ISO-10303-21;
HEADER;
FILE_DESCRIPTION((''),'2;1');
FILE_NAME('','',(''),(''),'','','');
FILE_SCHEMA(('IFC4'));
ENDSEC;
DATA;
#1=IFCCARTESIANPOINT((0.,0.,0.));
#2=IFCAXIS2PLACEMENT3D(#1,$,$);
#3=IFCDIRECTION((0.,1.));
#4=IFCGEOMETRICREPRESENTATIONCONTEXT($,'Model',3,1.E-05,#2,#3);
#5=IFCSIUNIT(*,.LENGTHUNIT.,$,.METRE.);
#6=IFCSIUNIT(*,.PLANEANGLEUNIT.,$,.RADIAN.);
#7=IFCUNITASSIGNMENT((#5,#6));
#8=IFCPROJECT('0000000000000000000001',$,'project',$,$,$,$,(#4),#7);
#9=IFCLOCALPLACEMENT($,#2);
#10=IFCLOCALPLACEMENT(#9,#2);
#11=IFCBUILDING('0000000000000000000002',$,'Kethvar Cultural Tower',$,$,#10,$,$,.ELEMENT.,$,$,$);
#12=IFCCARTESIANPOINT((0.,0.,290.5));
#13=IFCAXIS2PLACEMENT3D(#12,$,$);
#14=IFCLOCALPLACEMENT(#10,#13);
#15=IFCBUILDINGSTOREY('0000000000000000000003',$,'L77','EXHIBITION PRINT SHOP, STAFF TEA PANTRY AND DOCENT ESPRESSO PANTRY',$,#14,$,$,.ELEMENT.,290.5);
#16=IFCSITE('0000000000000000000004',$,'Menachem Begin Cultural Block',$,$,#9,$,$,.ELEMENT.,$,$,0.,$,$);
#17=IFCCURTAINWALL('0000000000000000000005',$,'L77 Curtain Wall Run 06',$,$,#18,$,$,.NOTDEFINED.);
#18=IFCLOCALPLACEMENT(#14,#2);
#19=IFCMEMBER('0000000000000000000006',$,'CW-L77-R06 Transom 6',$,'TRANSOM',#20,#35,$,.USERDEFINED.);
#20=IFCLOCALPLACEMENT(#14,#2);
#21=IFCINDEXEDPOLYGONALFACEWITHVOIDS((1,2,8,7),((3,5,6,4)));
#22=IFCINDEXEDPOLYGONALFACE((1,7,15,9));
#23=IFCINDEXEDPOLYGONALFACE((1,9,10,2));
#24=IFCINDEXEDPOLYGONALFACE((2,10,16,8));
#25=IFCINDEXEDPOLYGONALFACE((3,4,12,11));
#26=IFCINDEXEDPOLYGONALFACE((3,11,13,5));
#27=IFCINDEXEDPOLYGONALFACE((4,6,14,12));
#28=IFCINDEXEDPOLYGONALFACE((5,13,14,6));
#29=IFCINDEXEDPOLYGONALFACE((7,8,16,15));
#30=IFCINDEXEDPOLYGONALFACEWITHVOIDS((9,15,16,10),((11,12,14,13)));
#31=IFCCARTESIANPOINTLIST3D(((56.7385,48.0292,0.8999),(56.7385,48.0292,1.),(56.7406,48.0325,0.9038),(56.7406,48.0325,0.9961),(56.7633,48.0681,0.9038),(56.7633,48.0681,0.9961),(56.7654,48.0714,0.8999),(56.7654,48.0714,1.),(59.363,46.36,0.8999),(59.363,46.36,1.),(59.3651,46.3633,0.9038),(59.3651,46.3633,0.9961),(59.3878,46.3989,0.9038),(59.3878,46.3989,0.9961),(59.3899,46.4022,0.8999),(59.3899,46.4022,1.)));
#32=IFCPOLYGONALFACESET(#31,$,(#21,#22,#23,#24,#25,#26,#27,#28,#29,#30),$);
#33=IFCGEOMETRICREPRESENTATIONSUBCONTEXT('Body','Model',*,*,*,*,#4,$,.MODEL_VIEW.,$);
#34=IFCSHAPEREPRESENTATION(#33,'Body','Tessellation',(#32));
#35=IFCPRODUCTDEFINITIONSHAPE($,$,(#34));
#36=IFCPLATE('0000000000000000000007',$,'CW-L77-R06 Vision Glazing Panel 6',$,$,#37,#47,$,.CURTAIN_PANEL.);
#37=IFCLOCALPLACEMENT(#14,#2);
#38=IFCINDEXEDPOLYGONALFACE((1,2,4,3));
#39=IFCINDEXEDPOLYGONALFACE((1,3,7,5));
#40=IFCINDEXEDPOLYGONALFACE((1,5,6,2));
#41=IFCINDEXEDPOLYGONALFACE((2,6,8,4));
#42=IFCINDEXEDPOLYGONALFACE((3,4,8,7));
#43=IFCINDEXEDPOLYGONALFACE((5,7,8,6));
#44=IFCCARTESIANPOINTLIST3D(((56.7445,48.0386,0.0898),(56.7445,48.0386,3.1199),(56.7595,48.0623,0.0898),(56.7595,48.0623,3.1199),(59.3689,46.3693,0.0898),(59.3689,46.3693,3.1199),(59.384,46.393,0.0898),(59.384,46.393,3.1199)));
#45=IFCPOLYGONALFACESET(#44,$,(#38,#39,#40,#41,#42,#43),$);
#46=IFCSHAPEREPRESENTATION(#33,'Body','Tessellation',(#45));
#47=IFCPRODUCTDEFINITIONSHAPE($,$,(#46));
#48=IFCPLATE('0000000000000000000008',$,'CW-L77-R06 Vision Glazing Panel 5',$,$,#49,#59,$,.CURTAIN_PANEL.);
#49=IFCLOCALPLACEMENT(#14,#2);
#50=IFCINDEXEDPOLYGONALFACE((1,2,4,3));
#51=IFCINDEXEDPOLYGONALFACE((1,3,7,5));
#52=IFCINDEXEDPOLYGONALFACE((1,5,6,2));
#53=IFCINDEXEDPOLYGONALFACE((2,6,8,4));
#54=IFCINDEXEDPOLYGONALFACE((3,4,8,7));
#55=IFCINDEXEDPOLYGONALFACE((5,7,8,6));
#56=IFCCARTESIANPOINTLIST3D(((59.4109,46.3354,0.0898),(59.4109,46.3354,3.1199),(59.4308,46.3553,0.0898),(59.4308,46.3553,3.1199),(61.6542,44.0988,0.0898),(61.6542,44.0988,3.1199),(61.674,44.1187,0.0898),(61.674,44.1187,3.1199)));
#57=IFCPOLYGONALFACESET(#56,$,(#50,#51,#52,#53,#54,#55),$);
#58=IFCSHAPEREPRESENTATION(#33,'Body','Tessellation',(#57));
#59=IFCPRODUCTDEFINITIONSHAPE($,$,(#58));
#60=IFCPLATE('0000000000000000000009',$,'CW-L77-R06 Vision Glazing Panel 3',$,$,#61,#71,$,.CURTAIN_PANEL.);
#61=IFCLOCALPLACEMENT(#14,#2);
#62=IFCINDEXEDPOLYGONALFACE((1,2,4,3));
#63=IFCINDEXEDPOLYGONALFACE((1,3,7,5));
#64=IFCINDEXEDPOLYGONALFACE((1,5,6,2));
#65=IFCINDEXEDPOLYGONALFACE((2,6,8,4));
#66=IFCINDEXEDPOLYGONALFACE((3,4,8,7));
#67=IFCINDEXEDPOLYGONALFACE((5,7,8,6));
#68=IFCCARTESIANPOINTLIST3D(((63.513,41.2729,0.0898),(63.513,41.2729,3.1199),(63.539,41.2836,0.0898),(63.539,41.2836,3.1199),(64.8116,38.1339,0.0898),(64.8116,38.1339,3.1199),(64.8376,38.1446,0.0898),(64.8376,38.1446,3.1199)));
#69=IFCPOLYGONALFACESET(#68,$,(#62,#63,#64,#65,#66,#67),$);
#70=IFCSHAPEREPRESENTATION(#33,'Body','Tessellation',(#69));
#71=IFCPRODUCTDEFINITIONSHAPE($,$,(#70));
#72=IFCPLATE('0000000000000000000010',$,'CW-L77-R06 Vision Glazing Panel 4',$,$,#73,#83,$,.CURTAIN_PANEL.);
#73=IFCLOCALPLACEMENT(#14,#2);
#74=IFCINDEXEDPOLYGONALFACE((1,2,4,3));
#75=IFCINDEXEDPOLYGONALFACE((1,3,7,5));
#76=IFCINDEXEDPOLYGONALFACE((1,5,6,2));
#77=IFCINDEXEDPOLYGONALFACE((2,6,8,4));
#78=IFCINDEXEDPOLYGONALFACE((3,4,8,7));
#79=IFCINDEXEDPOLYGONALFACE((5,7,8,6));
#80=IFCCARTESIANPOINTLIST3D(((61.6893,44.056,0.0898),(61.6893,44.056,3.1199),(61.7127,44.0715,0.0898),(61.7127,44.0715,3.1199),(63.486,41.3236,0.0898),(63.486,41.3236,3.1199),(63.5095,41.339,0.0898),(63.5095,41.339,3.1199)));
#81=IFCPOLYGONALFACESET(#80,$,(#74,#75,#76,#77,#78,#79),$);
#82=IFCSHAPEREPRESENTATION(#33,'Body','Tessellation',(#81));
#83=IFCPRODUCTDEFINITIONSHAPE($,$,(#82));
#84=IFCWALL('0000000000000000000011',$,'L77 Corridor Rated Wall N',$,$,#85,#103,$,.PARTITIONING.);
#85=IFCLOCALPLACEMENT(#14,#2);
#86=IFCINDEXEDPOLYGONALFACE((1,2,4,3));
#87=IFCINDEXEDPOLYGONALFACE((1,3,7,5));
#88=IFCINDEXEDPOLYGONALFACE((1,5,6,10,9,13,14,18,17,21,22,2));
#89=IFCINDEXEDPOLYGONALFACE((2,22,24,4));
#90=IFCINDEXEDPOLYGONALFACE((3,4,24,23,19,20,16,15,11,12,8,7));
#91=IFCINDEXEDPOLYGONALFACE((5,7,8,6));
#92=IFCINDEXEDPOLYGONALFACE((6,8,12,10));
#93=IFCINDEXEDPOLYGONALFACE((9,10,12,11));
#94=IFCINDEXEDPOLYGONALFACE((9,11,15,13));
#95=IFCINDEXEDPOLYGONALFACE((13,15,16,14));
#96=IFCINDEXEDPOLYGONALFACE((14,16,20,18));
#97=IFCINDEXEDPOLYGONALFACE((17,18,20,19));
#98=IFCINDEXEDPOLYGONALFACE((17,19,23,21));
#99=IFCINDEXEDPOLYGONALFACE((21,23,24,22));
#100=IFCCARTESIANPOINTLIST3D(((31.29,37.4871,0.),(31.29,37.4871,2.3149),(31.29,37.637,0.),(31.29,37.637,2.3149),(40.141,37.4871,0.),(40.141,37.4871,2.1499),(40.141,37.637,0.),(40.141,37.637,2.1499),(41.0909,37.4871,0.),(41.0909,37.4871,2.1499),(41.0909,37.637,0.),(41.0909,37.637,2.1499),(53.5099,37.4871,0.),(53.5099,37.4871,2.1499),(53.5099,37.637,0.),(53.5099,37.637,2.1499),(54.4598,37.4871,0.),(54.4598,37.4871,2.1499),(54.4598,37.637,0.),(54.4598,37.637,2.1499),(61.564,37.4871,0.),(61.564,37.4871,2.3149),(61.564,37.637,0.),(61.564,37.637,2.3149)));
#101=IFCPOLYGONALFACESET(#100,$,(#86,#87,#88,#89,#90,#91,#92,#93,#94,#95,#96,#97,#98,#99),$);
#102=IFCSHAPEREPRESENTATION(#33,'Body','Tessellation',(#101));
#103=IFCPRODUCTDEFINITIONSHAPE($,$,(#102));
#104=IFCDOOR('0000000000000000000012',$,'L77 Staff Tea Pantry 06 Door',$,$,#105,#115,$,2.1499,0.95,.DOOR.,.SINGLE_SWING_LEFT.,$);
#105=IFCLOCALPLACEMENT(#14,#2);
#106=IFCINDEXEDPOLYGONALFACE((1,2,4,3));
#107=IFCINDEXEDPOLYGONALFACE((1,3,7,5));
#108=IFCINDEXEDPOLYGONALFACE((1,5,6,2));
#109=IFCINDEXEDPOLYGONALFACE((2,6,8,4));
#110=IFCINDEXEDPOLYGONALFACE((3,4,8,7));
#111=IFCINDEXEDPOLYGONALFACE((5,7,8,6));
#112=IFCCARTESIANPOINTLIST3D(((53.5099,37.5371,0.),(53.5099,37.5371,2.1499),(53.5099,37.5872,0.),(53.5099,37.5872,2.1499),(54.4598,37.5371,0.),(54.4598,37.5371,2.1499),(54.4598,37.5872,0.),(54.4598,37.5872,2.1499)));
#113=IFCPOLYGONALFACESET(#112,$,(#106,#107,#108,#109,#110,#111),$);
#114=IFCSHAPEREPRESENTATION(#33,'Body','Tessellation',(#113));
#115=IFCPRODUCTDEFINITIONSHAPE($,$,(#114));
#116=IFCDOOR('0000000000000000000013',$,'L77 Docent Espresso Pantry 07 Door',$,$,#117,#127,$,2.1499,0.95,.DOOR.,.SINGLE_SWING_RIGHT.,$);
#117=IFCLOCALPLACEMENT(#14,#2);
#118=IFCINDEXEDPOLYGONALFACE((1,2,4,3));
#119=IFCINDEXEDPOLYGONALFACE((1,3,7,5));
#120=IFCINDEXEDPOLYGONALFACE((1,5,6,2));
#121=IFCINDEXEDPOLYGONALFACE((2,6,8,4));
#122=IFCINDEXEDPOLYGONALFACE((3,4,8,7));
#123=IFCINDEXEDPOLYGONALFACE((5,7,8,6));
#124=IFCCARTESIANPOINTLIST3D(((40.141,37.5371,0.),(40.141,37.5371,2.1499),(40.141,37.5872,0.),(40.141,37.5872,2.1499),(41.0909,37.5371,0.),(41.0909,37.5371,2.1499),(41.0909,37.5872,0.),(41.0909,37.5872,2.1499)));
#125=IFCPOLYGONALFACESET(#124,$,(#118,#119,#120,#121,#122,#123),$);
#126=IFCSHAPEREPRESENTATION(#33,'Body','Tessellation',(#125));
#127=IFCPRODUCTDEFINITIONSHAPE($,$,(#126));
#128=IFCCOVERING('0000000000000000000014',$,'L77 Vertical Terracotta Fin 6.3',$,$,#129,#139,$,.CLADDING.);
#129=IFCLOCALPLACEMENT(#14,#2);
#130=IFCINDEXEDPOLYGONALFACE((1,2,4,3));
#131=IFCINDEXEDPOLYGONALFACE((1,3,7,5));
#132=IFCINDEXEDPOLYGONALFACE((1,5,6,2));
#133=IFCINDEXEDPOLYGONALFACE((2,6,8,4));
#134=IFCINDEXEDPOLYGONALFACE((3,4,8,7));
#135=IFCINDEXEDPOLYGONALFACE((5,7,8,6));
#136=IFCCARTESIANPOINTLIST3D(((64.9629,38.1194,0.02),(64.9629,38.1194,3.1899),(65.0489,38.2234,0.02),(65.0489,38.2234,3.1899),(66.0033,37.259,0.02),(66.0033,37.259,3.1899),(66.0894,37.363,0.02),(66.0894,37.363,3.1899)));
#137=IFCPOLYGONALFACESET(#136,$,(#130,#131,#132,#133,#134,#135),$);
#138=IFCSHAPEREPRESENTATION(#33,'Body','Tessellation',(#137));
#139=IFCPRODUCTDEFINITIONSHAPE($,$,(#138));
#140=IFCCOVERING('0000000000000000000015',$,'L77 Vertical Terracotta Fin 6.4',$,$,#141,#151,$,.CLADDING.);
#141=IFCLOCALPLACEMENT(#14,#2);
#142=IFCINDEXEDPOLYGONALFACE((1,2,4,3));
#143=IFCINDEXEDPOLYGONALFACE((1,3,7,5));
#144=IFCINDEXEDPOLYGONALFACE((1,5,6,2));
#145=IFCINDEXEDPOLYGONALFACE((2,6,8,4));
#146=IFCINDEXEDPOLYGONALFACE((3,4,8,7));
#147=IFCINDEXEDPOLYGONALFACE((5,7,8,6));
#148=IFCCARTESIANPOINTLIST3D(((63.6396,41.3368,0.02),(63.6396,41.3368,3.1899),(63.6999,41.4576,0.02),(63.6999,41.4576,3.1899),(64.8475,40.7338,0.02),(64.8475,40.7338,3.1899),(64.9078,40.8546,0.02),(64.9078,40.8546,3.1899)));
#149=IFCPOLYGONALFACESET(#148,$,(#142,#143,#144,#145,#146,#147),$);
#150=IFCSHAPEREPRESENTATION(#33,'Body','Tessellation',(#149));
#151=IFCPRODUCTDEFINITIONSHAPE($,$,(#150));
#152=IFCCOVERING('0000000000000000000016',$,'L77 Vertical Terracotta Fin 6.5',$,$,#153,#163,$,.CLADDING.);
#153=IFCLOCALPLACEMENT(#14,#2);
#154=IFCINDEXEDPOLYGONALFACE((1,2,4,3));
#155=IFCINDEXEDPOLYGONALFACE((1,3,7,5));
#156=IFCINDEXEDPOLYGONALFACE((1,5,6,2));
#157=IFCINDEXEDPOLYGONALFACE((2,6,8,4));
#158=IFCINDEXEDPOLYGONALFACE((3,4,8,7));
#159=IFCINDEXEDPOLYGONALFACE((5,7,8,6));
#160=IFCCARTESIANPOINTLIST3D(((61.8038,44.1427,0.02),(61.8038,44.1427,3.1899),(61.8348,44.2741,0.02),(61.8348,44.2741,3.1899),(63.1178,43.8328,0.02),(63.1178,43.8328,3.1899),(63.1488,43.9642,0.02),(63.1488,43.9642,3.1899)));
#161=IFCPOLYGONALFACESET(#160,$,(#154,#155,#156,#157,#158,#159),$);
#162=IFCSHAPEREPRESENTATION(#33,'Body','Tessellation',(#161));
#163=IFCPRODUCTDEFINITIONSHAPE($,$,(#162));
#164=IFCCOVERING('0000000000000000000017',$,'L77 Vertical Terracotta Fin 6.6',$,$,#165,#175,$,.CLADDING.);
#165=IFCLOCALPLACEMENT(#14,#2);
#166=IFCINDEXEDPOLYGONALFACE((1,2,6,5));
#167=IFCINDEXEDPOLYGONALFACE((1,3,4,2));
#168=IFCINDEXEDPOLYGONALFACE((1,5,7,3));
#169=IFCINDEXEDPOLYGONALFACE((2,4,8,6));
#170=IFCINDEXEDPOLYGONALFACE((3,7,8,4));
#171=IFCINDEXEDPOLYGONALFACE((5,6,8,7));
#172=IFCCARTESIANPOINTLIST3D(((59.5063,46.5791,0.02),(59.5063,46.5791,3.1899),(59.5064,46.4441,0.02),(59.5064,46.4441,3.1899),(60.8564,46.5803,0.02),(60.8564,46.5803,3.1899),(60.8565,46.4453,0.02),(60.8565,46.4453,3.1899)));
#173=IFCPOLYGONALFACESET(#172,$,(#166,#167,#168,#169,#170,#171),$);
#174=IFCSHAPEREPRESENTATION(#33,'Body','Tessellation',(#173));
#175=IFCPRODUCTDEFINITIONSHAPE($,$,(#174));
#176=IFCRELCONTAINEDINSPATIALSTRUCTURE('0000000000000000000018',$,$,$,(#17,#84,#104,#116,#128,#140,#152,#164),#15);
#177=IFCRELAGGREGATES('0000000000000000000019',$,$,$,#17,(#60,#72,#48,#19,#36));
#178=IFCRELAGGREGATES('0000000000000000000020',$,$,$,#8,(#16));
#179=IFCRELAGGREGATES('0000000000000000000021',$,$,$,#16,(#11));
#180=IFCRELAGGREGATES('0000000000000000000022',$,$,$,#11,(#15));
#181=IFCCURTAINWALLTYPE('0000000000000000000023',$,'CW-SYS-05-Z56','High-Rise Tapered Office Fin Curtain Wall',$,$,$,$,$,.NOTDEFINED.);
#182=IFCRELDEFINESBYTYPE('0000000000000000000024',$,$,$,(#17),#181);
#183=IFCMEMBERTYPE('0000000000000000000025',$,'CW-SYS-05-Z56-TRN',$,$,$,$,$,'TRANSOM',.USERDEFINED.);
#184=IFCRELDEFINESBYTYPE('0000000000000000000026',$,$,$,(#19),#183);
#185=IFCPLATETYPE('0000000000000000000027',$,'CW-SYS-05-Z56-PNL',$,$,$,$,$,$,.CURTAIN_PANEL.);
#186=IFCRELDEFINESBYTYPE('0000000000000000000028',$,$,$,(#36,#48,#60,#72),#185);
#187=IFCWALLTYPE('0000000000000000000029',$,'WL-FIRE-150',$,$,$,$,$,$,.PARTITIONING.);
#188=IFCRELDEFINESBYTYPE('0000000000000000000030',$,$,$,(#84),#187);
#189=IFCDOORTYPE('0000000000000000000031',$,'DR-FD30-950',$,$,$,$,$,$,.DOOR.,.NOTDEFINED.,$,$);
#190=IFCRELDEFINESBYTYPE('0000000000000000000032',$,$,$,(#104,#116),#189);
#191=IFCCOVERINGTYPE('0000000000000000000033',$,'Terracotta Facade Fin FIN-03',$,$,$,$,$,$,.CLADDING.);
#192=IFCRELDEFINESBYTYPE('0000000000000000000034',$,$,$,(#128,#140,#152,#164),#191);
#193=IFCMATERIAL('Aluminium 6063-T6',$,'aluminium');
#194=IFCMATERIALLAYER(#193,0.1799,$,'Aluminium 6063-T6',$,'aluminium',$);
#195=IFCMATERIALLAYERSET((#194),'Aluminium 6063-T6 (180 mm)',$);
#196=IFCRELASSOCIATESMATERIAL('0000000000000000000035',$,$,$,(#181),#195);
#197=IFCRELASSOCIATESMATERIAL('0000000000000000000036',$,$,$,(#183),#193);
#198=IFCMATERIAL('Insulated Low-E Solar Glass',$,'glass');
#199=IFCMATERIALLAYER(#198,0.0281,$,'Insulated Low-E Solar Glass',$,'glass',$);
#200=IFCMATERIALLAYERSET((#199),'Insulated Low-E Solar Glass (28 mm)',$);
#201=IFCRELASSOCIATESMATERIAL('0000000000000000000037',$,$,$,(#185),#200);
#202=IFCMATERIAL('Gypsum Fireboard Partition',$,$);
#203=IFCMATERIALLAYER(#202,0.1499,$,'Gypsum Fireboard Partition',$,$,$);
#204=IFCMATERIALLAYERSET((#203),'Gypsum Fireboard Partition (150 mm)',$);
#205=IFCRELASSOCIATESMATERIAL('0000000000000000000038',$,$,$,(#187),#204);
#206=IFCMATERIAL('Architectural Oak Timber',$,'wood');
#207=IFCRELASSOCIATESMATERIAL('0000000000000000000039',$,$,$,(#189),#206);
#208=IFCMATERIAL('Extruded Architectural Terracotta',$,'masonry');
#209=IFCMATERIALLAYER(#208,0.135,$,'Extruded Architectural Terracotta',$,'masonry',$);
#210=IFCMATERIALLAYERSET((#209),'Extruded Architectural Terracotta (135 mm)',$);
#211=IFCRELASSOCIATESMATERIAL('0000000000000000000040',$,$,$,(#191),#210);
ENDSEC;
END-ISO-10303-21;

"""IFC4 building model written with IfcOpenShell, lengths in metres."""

from ifc_helpers import new_model, si_unit, direction, frame, frame_2d, origin, origin_2d, place, context, subcontext, project, spatial, rectangle, hollow_rectangle, extrude, source, transform, mapped, material, layer, layer_set, material_profile, profile_set, type_object, element, fill, aggregate, save


model = new_model("IFC4")

# Units and contexts
model_context = context("Model", 3, precision=1e-05, world=origin(), true_north=direction((0.0, 1.0)))
body_context = subcontext(model_context, "Body", "Model", "MODEL_VIEW")
ifc_project = project(units=[si_unit("LENGTHUNIT", "METRE"), si_unit("PLANEANGLEUNIT", "RADIAN")], contexts=[model_context])

# Site, building, storey
site_placement = place(None, origin())
site = spatial("IfcSite", under=ifc_project, at=site_placement, Name="Menachem Begin Cultural Block", CompositionType="ELEMENT", RefElevation=0.0)
building_placement = place(site_placement, origin())
building = spatial("IfcBuilding", under=site, at=building_placement, Name="Kethvar Cultural Tower", CompositionType="ELEMENT")
storey_placement = place(building_placement, frame((0.0, 0.0, 290.5)))
storey = spatial("IfcBuildingStorey", under=building, at=storey_placement, Name="L77", Description="EXHIBITION PRINT SHOP, STAFF TEA PANTRY AND DOCENT ESPRESSO PANTRY", CompositionType="ELEMENT", Elevation=290.5)

# Curtain wall, member, plates
ifc_material_1 = material(Name="Aluminium 6063-T6", Category="aluminium")
ifc_layer_1 = layer(ifc_material_1, 0.1799, Name="Aluminium 6063-T6", Category="aluminium")
ifc_layer_set_1 = layer_set([ifc_layer_1], Name="Aluminium 6063-T6 (180 mm)")
curtain_wall_type = type_object("IfcCurtainWallType", Name="CW-SYS-05-Z56", Description="High-Rise Tapered Office Fin Curtain Wall", PredefinedType="NOTDEFINED", material=ifc_layer_set_1)
curtain_wall_placement = place(storey_placement, origin())
curtain_wall = element("IfcCurtainWall", 1, at=curtain_wall_placement, inside=storey, type_object=curtain_wall_type, Name="L77 Curtain Wall Run 06", PredefinedType="NOTDEFINED")
ifc_material_profile_1 = material_profile(ifc_material_1, hollow_rectangle(XDim=0.05, YDim=0.1001, WallThickness=0.0039, at=origin_2d()), Name="Aluminium 6063-T6 — RHS100x50x4")
ifc_profile_set_1 = profile_set([ifc_material_profile_1], Name="Aluminium 6063-T6 — RHS100x50x4")
member_type_1 = type_object("IfcMemberType", Name="CW-SYS-05-Z56-TRN", ElementType="TRANSOM", PredefinedType="USERDEFINED", material=ifc_profile_set_1)
shared_shape_1 = source(origin(), body_context, "Body", "SweptSolid", [
    extrude(hollow_rectangle(XDim=0.05, YDim=0.1001, WallThickness=0.0039, at=origin_2d()), origin(), (0.0, 0.0, 1.0), 3.1104),
])
member_1_placement = place(storey_placement, frame((59.3765, 46.3811, 0.95), z_axis=(-0.8438, 0.536657, 0.0), x_axis=(-0.536657, -0.8438, 0.0)))
member_1 = element("IfcMember", 2, at=member_1_placement, type_object=member_type_1, Name="CW-L77-R06 Transom 6", ObjectType="TRANSOM", PredefinedType="USERDEFINED", context=body_context, shape_type="MappedRepresentation", body=[
    mapped(shared_shape_1, transform((0.0, 0.0, 0.0), scale=1.0)),
])
ifc_material_2 = material(Name="Insulated Low-E Solar Glass", Category="glass")
ifc_layer_2 = layer(ifc_material_2, 0.0281, Name="Insulated Low-E Solar Glass", Category="glass")
ifc_layer_set_2 = layer_set([ifc_layer_2], Name="Insulated Low-E Solar Glass (28 mm)")
plate_type = type_object("IfcPlateType", Name="CW-SYS-05-Z56-PNL", PredefinedType="CURTAIN_PANEL", material=ifc_layer_set_2)
shared_shape_2 = source(origin(), body_context, "Body", "SweptSolid", [
    extrude(rectangle(XDim=3.1104, YDim=0.0281, at=origin_2d()), origin(), (0.0, 0.0, 1.0), 3.03),
])
plate_1_placement = place(storey_placement, frame((58.0642, 47.2158, 0.0898), z_axis=(0.0, 0.0, 1.0), x_axis=(-0.843776, 0.536696, 0.0)))
plate_1 = element("IfcPlate", 3, at=plate_1_placement, type_object=plate_type, Name="CW-L77-R06 Vision Glazing Panel 6", PredefinedType="CURTAIN_PANEL", context=body_context, shape_type="MappedRepresentation", body=[
    mapped(shared_shape_2, transform((0.0, 0.0, 0.0), scale=1.0)),
])
shared_shape_3 = source(origin(), body_context, "Body", "SweptSolid", [
    extrude(rectangle(XDim=3.1677, YDim=0.0281, at=origin_2d()), origin(), (0.0, 0.0, 1.0), 3.03),
])
plate_2_placement = place(storey_placement, frame((60.5425, 45.2271, 0.0898), z_axis=(0.0, 0.0, 1.0), x_axis=(-0.708167, 0.706045, 0.0)))
plate_2 = element("IfcPlate", 4, at=plate_2_placement, type_object=plate_type, Name="CW-L77-R06 Vision Glazing Panel 5", PredefinedType="CURTAIN_PANEL", context=body_context, shape_type="MappedRepresentation", body=[
    mapped(shared_shape_3, transform((0.0, 0.0, 0.0), scale=1.0)),
])
shared_shape_4 = source(origin(), body_context, "Body", "SweptSolid", [
    extrude(rectangle(XDim=3.397, YDim=0.0281, at=origin_2d()), origin(), (0.0, 0.0, 1.0), 3.03),
])
plate_3_placement = place(storey_placement, frame((64.1753, 39.7087, 0.0898), z_axis=(0.0, 0.0, 1.0), x_axis=(-0.38228, 0.924046, 0.0)))
plate_3 = element("IfcPlate", 5, at=plate_3_placement, type_object=plate_type, Name="CW-L77-R06 Vision Glazing Panel 3", PredefinedType="CURTAIN_PANEL", context=body_context, shape_type="MappedRepresentation", body=[
    mapped(shared_shape_4, transform((0.0, 0.0, 0.0), scale=1.0)),
])
shared_shape_5 = source(origin(), body_context, "Body", "SweptSolid", [
    extrude(rectangle(XDim=3.2703, YDim=0.0281, at=origin_2d()), origin(), (0.0, 0.0, 1.0), 3.03),
])
plate_4_placement = place(storey_placement, frame((62.5994, 42.6975, 0.0898), z_axis=(0.0, 0.0, 1.0), x_axis=(-0.549417, 0.835549, 0.0)))
plate_4 = element("IfcPlate", 6, at=plate_4_placement, type_object=plate_type, Name="CW-L77-R06 Vision Glazing Panel 4", PredefinedType="CURTAIN_PANEL", context=body_context, shape_type="MappedRepresentation", body=[
    mapped(shared_shape_5, transform((0.0, 0.0, 0.0), scale=1.0)),
])
aggregate(curtain_wall, [plate_3, plate_4, plate_2, member_1, plate_1])

# Wall, openings, doors
ifc_material_3 = material(Name="Gypsum Fireboard Partition")
ifc_layer_3 = layer(ifc_material_3, 0.1499, Name="Gypsum Fireboard Partition")
ifc_layer_set_3 = layer_set([ifc_layer_3], Name="Gypsum Fireboard Partition (150 mm)")
wall_type = type_object("IfcWallType", Name="WL-FIRE-150", PredefinedType="PARTITIONING", material=ifc_layer_set_3)
wall_placement = place(storey_placement, frame((61.564, 37.562, 0.0), z_axis=(0.0, 0.0, 1.0), x_axis=(-1.0, 0.0, 0.0)))
wall = element("IfcWall", 7, at=wall_placement, inside=storey, type_object=wall_type, Name="L77 Corridor Rated Wall N", PredefinedType="PARTITIONING", context=body_context, shape_type="SweptSolid", body=[
    extrude(rectangle(XDim=30.2739, YDim=0.1499, at=frame_2d((15.137, 0.0))), origin(), (0.0, 0.0, 1.0), 2.3149),
])
opening_1_placement = place(wall_placement, frame((7.104, 0.0, 0.0)))
opening_1 = element("IfcOpeningElement", 8, at=opening_1_placement, cuts=wall, PredefinedType="OPENING", context=body_context, shape_type="SweptSolid", body=[
    extrude(rectangle(XDim=0.95, YDim=2.1499, at=frame_2d((0.4751, 1.075))), frame((0.0, 0.085, 0.0), z_axis=(0.0, -1.0, 0.0), x_axis=(1.0, 0.0, 0.0)), (0.0, 0.0, 1.0), 0.1699),
])
opening_2_placement = place(wall_placement, frame((20.4729, 0.0, 0.0)))
opening_2 = element("IfcOpeningElement", 9, at=opening_2_placement, cuts=wall, PredefinedType="OPENING", context=body_context, shape_type="SweptSolid", body=[
    extrude(rectangle(XDim=0.95, YDim=2.1499, at=frame_2d((0.4751, 1.075))), frame((0.0, 0.085, 0.0), z_axis=(0.0, -1.0, 0.0), x_axis=(1.0, 0.0, 0.0)), (0.0, 0.0, 1.0), 0.1699),
])
ifc_material_4 = material(Name="Architectural Oak Timber", Category="wood")
door_type = type_object("IfcDoorType", Name="DR-FD30-950", OperationType="NOTDEFINED", PredefinedType="DOOR", material=ifc_material_4)
shared_shape_6 = source(origin(), body_context, "Body", "SweptSolid", [
    extrude(rectangle(XDim=0.95, YDim=2.1499, at=frame_2d((0.4751, 1.075))), frame((0.0, 0.0249, 0.0), z_axis=(0.0, -1.0, 0.0), x_axis=(1.0, 0.0, 0.0)), (0.0, 0.0, 1.0), 0.05),
])
door_1_placement = place(opening_1_placement, origin())
door_1 = element("IfcDoor", 10, at=door_1_placement, inside=storey, type_object=door_type, Name="L77 Staff Tea Pantry 06 Door", OperationType="SINGLE_SWING_LEFT", OverallHeight=2.1499, OverallWidth=0.95, PredefinedType="DOOR", context=body_context, shape_type="MappedRepresentation", body=[
    mapped(shared_shape_6, transform((0.0, 0.0, 0.0), scale=1.0)),
])
fill(opening_1, door_1)
door_2_placement = place(opening_2_placement, origin())
door_2 = element("IfcDoor", 11, at=door_2_placement, inside=storey, type_object=door_type, Name="L77 Docent Espresso Pantry 07 Door", OperationType="SINGLE_SWING_RIGHT", OverallHeight=2.1499, OverallWidth=0.95, PredefinedType="DOOR", context=body_context, shape_type="MappedRepresentation", body=[
    mapped(shared_shape_6, transform((0.0, 0.0, 0.0), scale=1.0)),
])
fill(opening_2, door_2)

# Coverings
ifc_material_5 = material(Name="Extruded Architectural Terracotta", Category="masonry")
ifc_layer_4 = layer(ifc_material_5, 0.135, Name="Extruded Architectural Terracotta", Category="masonry")
ifc_layer_set_4 = layer_set([ifc_layer_4], Name="Extruded Architectural Terracotta (135 mm)")
covering_type = type_object("IfcCoveringType", Name="Terracotta Facade Fin FIN-03", PredefinedType="CLADDING", material=ifc_layer_set_4)
shared_shape_7 = source(origin(), body_context, "Body", "SweptSolid", [
    extrude(rectangle(XDim=1.3501, YDim=0.135, at=origin_2d()), origin(), (0.0, 0.0, 1.0), 3.1699),
])
for number, where, z_axis, x_axis, name in (
    (12, (65.5261, 37.7412, 0.02), (0.0, 0.0, 1.0), (0.770624, -0.63729, 0.0), "L77 Vertical Terracotta Fin 6.3"),
    (13, (64.2737, 41.0957, 0.02), (0.0, 0.0, 1.0), (0.894701, -0.446666, 0.0), "L77 Vertical Terracotta Fin 6.4"),
    (14, (62.4763, 44.0535, 0.02), (0.0, 0.0, 1.0), (0.973299, -0.22954, 0.0), "L77 Vertical Terracotta Fin 6.5"),
    (15, (60.1814, 46.5122, 0.02), (0.0, 0.0, 1.0), (1.0, 0.000873, 0.0), "L77 Vertical Terracotta Fin 6.6"),
):
    element("IfcCovering", number, at=place(storey_placement, frame(where, z_axis=z_axis, x_axis=x_axis)), inside=storey, type_object=covering_type, Name=name, PredefinedType="CLADDING", context=body_context, shape_type="MappedRepresentation", body=[
        mapped(shared_shape_7, transform((0.0, 0.0, 0.0), scale=1.0)),
    ])

save(model, "model.ifc")
